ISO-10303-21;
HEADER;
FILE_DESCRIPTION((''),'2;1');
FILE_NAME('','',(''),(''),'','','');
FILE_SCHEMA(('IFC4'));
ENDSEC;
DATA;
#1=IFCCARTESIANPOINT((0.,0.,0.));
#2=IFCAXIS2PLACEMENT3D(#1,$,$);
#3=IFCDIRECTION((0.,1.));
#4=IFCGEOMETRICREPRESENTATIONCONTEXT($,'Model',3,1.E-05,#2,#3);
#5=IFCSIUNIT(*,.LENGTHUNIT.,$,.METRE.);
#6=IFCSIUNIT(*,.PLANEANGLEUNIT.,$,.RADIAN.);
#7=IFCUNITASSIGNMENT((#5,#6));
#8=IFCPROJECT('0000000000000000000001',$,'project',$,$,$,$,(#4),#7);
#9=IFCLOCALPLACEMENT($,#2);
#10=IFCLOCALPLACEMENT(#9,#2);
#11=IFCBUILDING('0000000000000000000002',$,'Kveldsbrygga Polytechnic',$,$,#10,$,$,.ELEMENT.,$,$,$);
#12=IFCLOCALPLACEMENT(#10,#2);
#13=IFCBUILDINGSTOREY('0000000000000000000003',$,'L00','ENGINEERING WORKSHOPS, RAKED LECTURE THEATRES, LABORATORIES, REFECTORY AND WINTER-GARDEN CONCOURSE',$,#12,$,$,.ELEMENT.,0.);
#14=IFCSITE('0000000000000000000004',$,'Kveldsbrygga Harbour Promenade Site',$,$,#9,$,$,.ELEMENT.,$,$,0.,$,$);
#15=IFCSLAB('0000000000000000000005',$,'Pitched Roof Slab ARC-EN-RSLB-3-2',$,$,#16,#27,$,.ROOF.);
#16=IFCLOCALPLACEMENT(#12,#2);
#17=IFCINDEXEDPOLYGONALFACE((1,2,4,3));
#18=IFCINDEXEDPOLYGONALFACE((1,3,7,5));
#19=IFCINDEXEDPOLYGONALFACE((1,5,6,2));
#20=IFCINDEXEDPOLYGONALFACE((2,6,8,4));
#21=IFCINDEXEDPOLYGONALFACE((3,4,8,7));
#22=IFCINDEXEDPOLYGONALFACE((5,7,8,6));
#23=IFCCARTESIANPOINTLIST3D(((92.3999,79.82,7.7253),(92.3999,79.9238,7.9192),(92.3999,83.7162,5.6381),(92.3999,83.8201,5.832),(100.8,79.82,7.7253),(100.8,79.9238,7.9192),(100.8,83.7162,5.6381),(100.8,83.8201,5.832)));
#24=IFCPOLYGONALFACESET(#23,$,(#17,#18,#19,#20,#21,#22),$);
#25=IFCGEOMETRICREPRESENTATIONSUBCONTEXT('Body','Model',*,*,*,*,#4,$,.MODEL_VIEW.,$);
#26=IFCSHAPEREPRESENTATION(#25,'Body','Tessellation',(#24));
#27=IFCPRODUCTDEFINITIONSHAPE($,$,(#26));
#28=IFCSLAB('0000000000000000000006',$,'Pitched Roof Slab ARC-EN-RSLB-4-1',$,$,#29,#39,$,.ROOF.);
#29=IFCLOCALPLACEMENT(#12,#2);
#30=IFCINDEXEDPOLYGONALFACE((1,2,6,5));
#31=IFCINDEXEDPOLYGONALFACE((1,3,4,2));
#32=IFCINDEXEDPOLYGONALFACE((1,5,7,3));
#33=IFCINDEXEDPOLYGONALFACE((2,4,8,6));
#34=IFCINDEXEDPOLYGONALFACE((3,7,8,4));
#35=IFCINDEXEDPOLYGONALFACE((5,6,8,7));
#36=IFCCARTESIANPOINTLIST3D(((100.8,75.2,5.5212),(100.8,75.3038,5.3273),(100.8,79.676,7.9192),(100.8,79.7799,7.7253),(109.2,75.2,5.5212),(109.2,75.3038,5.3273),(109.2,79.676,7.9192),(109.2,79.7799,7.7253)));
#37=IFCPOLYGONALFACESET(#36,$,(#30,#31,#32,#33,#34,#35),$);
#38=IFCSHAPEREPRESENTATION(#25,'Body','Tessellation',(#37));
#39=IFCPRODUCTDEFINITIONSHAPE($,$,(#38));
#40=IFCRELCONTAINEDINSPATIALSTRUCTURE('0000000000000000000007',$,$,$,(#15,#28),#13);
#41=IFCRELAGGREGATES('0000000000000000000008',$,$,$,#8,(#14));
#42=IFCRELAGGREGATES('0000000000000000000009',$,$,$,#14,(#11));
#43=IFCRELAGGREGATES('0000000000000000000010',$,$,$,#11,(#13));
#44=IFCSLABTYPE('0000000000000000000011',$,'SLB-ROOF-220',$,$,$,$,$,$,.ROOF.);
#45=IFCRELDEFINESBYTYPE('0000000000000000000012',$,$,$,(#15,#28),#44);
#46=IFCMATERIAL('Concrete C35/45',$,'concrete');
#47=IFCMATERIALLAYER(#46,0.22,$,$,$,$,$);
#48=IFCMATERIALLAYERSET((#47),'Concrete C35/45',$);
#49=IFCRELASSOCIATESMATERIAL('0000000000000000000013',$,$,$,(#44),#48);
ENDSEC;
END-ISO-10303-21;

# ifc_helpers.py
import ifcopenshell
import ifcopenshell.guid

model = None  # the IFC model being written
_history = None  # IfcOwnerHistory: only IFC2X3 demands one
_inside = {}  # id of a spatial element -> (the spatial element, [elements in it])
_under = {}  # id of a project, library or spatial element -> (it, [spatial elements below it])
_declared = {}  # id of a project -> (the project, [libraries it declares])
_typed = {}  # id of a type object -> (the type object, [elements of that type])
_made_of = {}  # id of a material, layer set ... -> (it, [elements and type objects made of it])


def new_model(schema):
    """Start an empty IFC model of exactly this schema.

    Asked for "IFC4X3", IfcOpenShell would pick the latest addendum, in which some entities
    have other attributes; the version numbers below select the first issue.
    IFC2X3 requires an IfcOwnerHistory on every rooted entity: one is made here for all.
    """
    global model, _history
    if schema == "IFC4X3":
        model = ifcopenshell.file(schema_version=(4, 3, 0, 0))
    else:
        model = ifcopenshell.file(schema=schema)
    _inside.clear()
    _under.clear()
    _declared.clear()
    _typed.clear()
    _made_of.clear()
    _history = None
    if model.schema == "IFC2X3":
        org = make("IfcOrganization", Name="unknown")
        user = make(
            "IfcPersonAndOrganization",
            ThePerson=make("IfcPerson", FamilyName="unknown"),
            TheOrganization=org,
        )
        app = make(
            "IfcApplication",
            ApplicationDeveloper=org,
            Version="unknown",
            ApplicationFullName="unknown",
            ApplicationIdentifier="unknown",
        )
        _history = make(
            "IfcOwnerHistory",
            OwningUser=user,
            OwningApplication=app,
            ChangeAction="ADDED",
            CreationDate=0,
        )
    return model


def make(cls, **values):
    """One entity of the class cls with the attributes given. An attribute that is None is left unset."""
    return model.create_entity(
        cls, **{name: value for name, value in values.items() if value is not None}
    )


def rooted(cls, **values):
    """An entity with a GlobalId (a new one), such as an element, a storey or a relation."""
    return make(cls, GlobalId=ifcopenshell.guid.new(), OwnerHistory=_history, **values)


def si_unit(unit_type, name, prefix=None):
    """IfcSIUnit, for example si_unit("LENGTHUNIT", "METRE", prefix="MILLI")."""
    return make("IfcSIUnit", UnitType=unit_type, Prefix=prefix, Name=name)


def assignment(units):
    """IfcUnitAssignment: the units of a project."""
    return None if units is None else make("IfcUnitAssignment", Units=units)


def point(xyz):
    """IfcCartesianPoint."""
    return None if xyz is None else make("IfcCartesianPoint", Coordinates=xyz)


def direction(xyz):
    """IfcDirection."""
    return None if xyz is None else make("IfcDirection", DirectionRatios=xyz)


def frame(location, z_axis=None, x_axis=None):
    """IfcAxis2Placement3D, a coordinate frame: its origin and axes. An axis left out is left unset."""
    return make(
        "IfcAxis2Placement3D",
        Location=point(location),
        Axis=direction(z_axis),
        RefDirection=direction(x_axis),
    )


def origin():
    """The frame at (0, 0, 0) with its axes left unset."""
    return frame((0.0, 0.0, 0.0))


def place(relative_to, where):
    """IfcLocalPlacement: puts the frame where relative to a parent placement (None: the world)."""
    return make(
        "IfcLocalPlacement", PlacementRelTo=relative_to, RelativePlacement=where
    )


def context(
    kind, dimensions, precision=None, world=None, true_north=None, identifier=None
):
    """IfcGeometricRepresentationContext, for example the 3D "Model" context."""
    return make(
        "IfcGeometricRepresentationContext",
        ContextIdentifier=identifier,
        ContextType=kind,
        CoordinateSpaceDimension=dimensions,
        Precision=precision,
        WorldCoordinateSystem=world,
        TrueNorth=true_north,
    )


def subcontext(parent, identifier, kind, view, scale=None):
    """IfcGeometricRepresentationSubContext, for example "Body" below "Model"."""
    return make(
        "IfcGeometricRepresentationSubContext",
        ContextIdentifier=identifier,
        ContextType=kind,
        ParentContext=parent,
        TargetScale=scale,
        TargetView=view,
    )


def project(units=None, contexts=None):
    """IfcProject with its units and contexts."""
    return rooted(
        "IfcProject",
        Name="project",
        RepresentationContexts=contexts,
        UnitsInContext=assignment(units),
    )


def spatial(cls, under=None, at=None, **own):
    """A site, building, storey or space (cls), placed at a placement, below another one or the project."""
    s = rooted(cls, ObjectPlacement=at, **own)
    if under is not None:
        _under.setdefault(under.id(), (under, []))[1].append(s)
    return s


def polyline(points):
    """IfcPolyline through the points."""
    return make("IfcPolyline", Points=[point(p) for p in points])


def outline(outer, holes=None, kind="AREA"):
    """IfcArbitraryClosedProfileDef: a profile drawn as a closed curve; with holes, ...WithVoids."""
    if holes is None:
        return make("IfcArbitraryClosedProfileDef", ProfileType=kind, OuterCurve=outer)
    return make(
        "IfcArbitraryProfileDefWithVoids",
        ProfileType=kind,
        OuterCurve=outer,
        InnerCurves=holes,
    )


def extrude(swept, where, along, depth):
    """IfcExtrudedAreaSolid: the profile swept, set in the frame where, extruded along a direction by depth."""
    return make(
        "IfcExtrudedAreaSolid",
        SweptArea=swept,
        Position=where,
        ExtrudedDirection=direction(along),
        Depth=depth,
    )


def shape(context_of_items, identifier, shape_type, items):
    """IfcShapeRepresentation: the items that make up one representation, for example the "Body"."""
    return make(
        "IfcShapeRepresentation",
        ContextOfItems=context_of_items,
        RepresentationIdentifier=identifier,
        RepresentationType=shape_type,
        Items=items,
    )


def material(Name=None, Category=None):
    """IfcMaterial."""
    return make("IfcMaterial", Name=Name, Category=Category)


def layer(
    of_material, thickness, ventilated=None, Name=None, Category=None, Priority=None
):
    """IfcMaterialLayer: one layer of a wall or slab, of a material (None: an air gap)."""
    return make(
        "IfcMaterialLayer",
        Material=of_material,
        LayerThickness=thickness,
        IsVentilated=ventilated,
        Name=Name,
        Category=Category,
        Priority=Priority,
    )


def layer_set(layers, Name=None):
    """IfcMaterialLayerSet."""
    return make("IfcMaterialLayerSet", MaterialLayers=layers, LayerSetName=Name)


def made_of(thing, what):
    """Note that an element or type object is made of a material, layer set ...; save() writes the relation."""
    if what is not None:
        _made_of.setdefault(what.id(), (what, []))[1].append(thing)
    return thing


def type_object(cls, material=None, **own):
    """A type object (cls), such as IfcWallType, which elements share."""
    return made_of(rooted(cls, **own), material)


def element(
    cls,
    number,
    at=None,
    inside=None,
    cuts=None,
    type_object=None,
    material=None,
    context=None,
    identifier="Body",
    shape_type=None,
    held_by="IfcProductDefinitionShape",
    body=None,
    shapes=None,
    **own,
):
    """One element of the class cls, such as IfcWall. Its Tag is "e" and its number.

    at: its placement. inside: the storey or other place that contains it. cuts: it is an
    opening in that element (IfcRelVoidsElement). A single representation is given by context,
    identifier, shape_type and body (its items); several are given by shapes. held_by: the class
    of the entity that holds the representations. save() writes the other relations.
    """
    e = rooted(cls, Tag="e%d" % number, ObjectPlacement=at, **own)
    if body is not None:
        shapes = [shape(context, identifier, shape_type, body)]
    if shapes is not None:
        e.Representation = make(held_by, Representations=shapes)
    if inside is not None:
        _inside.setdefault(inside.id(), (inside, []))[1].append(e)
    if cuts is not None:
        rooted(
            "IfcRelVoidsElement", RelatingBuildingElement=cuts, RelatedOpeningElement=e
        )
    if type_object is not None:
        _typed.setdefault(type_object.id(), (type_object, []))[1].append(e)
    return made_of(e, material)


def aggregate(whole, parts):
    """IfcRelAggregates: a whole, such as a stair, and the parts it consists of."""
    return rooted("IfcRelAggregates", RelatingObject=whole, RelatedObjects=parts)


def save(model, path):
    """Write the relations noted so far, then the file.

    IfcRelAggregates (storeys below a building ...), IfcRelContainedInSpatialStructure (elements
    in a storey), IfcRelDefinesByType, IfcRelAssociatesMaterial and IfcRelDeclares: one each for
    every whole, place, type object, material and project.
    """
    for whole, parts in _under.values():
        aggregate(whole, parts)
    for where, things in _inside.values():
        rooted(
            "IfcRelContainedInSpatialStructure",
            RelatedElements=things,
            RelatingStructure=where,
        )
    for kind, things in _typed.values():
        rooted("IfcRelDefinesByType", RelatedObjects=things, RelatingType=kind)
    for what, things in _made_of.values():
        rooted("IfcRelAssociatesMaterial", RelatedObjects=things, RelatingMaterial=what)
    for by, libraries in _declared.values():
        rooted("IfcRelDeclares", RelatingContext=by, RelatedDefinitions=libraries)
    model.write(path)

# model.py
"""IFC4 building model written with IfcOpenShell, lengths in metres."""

from ifc_helpers import new_model, si_unit, direction, frame, origin, place, context, subcontext, project, spatial, polyline, outline, extrude, material, layer, layer_set, type_object, element, save


model = new_model("IFC4")

# Units and contexts
model_context = context("Model", 3, precision=1e-05, world=origin(), true_north=direction((0.0, 1.0)))
body_context = subcontext(model_context, "Body", "Model", "MODEL_VIEW")
ifc_project = project(units=[si_unit("LENGTHUNIT", "METRE"), si_unit("PLANEANGLEUNIT", "RADIAN")], contexts=[model_context])

# Site, building, storey
site_placement = place(None, origin())
site = spatial("IfcSite", under=ifc_project, at=site_placement, Name="Kveldsbrygga Harbour Promenade Site", CompositionType="ELEMENT", RefElevation=0.0)
building_placement = place(site_placement, origin())
building = spatial("IfcBuilding", under=site, at=building_placement, Name="Kveldsbrygga Polytechnic", CompositionType="ELEMENT")
storey_placement = place(building_placement, origin())
storey = spatial("IfcBuildingStorey", under=building, at=storey_placement, Name="L00", Description="ENGINEERING WORKSHOPS, RAKED LECTURE THEATRES, LABORATORIES, REFECTORY AND WINTER-GARDEN CONCOURSE", CompositionType="ELEMENT", Elevation=0.0)

# Shared definitions
ifc_material_1 = material(Name="Concrete C35/45", Category="concrete")

# Slabs
ifc_layer_1 = layer(ifc_material_1, 0.22)
ifc_layer_set_1 = layer_set([ifc_layer_1], Name="Concrete C35/45")
slab_type = type_object("IfcSlabType", Name="SLB-ROOF-220", PredefinedType="ROOF", material=ifc_layer_set_1)
slab_1_placement = place(storey_placement, frame((92.3999, 79.9238, 7.9192), z_axis=(0.0, 0.472201, 0.881491), x_axis=(1.0, 0.0, 0.0)))
element("IfcSlab", 1, at=slab_1_placement, inside=storey, type_object=slab_type, Name="Pitched Roof Slab ARC-EN-RSLB-3-2", PredefinedType="ROOF", context=body_context, shape_type="SweptSolid", body=[
    extrude(outline(polyline([(0.0, 0.0), (8.4001, 0.0), (8.4001, 4.4201), (0.0, 4.4201), (0.0, 0.0)])), origin(), (0.0, 0.0, -1.0), 0.22),
])
slab_2_placement = place(storey_placement, frame((100.8, 75.2, 5.5212), z_axis=(0.0, -0.472229, 0.881476), x_axis=(1.0, 0.0, 0.0)))
element("IfcSlab", 2, at=slab_2_placement, inside=storey, type_object=slab_type, Name="Pitched Roof Slab ARC-EN-RSLB-4-1", PredefinedType="ROOF", context=body_context, shape_type="SweptSolid", body=[
    extrude(outline(polyline([(0.0, 0.0), (8.3999, 0.0), (8.3999, 5.0779), (0.0, 5.0779), (0.0, 0.0)])), origin(), (0.0, 0.0, -1.0), 0.22),
])

save(model, "model.ifc")
